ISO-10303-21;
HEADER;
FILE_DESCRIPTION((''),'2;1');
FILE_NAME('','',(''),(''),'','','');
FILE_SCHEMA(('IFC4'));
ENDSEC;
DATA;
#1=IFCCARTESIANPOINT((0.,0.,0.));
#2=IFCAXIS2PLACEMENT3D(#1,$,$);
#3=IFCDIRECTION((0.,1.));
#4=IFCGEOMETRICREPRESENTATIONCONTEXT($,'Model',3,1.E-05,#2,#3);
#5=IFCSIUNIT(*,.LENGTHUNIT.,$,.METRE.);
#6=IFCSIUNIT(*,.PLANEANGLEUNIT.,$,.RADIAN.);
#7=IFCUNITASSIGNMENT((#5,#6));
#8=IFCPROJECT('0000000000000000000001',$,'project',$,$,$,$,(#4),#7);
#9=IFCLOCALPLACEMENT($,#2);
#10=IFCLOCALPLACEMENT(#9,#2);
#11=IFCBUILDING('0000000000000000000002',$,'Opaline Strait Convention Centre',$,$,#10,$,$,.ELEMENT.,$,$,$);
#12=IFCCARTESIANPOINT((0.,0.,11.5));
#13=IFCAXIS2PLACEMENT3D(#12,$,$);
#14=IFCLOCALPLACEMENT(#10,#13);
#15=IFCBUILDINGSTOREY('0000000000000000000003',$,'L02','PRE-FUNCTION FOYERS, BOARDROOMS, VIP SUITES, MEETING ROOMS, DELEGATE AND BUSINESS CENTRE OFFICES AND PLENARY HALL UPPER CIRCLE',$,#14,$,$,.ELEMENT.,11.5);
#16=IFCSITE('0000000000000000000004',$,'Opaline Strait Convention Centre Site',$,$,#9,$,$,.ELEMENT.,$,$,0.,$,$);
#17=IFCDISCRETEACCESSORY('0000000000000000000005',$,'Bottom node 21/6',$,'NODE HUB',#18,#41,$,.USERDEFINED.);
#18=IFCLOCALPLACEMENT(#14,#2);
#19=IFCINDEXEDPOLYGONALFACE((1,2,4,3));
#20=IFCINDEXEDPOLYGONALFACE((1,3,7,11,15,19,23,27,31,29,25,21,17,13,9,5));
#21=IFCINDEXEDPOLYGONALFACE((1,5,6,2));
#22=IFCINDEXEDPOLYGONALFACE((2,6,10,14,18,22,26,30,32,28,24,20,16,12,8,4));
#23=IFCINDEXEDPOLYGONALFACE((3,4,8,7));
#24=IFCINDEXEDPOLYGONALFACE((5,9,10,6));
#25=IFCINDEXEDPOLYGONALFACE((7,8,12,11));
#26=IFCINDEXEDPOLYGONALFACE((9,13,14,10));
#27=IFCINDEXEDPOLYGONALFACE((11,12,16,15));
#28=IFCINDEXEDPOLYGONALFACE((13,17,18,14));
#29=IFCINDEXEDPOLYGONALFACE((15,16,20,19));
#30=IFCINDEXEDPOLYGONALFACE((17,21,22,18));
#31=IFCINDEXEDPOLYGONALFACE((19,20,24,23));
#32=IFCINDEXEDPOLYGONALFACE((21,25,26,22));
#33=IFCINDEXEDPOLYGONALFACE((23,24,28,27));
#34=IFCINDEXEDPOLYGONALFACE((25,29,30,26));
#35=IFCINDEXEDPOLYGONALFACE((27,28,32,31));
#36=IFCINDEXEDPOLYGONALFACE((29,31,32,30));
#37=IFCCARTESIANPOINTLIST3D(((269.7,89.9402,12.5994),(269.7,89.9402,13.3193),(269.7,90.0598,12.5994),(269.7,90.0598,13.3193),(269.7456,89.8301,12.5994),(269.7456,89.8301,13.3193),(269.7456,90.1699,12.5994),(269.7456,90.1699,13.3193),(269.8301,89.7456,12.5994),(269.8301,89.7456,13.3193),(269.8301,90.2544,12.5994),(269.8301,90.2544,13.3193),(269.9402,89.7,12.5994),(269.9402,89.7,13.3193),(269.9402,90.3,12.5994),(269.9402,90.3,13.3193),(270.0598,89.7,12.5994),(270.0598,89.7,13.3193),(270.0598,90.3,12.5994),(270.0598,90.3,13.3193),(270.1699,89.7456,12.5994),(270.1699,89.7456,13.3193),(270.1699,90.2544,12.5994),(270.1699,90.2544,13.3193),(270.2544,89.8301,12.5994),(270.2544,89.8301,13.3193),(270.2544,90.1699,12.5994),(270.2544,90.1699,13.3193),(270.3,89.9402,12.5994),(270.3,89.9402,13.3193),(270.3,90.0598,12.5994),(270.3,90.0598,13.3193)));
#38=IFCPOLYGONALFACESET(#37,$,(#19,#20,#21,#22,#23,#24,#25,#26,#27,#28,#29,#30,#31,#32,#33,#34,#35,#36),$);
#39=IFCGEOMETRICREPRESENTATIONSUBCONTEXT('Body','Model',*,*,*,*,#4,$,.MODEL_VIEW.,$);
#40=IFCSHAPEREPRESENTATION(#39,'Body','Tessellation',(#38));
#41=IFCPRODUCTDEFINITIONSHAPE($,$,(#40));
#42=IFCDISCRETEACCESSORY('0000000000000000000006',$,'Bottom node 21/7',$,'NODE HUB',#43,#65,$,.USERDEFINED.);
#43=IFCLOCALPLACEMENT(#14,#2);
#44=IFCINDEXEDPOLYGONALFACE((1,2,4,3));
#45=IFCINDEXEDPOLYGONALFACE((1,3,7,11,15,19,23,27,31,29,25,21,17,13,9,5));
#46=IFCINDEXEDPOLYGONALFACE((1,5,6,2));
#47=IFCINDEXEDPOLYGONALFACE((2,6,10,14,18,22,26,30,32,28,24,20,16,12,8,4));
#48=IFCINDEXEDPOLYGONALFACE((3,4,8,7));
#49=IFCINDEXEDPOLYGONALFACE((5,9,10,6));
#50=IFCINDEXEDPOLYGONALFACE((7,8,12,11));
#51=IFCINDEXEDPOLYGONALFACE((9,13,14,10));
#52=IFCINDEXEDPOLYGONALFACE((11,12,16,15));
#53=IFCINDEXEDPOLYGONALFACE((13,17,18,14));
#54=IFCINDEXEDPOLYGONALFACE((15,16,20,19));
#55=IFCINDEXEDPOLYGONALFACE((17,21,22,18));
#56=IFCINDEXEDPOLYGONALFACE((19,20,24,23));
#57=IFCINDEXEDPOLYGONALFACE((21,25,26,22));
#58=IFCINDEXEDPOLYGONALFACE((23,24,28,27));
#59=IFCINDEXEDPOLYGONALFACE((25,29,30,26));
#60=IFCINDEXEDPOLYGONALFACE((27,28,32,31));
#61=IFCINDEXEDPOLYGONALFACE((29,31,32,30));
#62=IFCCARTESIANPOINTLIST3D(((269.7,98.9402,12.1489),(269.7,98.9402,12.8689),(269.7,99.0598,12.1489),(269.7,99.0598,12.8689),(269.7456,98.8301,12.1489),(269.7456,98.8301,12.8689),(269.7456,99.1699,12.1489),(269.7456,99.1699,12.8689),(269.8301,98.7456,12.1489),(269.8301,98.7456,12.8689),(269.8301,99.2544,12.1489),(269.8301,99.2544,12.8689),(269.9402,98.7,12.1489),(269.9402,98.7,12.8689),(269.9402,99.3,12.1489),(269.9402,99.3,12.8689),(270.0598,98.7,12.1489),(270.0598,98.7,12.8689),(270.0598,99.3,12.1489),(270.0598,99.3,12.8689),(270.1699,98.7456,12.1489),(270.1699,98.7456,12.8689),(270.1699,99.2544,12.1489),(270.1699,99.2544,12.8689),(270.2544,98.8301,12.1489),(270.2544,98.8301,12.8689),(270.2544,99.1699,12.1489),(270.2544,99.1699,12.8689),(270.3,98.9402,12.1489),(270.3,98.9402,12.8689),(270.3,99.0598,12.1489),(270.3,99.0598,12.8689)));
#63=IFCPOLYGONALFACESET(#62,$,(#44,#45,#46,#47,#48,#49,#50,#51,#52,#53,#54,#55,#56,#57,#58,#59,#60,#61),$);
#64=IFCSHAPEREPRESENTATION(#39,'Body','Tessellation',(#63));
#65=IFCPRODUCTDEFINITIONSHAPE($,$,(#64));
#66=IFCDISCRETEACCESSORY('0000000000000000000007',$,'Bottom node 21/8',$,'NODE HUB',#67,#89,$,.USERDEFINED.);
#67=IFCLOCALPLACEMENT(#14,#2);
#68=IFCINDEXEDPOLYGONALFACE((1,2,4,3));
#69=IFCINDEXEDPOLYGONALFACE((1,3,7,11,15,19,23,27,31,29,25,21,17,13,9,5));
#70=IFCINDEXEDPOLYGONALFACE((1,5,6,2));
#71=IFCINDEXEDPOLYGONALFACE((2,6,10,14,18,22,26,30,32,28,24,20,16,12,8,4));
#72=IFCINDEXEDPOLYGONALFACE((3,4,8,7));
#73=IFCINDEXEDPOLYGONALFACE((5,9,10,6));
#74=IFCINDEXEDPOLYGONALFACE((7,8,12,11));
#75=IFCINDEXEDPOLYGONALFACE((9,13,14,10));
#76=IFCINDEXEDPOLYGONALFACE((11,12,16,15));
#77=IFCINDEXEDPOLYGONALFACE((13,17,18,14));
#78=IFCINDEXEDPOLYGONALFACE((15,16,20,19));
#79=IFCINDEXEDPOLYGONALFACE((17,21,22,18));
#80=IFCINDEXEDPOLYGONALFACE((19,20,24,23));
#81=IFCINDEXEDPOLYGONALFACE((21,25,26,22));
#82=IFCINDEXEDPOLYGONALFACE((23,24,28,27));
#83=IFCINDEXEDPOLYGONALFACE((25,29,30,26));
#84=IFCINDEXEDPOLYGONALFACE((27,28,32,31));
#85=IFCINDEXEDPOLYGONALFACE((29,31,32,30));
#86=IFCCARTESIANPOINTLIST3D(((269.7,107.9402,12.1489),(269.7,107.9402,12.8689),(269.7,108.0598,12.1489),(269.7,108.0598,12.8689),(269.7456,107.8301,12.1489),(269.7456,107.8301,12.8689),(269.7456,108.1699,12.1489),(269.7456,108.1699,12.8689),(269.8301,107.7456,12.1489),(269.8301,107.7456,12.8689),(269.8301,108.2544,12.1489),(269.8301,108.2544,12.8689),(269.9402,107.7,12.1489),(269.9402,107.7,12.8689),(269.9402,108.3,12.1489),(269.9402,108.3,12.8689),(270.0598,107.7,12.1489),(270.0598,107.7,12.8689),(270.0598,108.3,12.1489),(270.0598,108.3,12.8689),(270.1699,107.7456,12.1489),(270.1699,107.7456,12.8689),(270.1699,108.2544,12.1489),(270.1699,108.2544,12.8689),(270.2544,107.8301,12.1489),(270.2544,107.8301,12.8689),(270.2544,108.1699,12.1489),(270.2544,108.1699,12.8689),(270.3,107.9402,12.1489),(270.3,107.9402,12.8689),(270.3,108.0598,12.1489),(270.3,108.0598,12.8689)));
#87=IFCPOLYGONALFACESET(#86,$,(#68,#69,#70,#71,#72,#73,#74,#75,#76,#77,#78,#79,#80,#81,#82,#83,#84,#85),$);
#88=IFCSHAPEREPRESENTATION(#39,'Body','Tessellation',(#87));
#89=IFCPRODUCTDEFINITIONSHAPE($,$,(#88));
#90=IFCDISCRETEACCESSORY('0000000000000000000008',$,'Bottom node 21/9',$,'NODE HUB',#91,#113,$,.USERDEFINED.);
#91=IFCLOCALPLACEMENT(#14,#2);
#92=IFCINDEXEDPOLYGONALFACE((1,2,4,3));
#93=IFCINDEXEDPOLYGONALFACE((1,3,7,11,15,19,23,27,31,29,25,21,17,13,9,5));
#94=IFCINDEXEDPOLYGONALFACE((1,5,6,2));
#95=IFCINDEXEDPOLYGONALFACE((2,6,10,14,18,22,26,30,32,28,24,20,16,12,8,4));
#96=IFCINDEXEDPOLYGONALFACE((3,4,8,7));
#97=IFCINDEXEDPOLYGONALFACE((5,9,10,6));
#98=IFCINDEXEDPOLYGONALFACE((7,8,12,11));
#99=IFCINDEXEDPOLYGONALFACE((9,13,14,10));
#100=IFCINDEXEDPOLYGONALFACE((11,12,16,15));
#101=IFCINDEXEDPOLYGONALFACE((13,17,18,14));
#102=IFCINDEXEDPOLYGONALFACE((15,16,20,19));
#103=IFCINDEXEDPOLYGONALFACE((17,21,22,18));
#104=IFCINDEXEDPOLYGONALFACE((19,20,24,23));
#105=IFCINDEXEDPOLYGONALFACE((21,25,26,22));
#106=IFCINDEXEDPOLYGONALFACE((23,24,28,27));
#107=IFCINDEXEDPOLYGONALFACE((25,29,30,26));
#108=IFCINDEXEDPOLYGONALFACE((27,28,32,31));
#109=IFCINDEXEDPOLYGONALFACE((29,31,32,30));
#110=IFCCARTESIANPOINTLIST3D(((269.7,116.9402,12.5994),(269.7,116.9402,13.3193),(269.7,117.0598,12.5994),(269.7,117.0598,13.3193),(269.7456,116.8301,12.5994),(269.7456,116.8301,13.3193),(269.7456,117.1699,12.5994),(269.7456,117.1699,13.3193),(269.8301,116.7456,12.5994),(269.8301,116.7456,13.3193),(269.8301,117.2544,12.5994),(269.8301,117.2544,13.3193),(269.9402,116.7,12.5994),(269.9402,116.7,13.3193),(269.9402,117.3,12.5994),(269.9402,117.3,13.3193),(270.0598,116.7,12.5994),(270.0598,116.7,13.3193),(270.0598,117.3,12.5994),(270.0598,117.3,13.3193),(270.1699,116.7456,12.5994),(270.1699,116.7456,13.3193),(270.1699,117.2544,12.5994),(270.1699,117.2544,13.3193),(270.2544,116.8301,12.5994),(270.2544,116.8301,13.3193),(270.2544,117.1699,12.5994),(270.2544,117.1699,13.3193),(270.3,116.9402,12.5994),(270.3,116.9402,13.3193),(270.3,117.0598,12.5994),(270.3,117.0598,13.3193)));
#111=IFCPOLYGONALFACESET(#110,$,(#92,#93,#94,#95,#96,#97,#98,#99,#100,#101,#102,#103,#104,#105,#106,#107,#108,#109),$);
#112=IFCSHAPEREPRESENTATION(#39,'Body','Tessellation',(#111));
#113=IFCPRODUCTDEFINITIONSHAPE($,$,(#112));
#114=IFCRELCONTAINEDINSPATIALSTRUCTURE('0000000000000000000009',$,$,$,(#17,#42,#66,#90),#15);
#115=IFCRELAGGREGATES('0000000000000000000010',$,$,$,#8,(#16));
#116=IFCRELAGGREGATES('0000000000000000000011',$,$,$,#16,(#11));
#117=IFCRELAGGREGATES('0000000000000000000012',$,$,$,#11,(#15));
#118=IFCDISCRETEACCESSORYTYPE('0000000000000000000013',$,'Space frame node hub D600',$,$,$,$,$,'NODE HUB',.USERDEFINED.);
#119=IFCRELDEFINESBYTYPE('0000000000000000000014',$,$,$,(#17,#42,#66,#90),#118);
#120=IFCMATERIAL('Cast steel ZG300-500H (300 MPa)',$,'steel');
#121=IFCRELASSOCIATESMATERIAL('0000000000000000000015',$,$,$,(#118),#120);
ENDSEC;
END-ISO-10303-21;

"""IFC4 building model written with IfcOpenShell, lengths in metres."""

from ifc_helpers import new_model, si_unit, direction, frame, origin, place, context, subcontext, project, spatial, polyline, outline, extrude, material, type_object, element, save


model = new_model("IFC4")

# Units and contexts
model_context = context("Model", 3, precision=1e-05, world=origin(), true_north=direction((0.0, 1.0)))
body_context = subcontext(model_context, "Body", "Model", "MODEL_VIEW")
ifc_project = project(units=[si_unit("LENGTHUNIT", "METRE"), si_unit("PLANEANGLEUNIT", "RADIAN")], contexts=[model_context])

# Site, building, storey
site_placement = place(None, origin())
site = spatial("IfcSite", under=ifc_project, at=site_placement, Name="Opaline Strait Convention Centre Site", CompositionType="ELEMENT", RefElevation=0.0)
building_placement = place(site_placement, origin())
building = spatial("IfcBuilding", under=site, at=building_placement, Name="Opaline Strait Convention Centre", CompositionType="ELEMENT")
storey_placement = place(building_placement, frame((0.0, 0.0, 11.5)))
storey = spatial("IfcBuildingStorey", under=building, at=storey_placement, Name="L02", Description="PRE-FUNCTION FOYERS, BOARDROOMS, VIP SUITES, MEETING ROOMS, DELEGATE AND BUSINESS CENTRE OFFICES AND PLENARY HALL UPPER CIRCLE", CompositionType="ELEMENT", Elevation=11.5)

# Discrete accessories
ifc_material = material(Name="Cast steel ZG300-500H (300 MPa)", Category="steel")
discrete_accessory_type_1 = type_object("IfcDiscreteAccessoryType", Name="Space frame node hub D600", ElementType="NODE HUB", PredefinedType="USERDEFINED", material=ifc_material)
discrete_accessory_1_placement = place(storey_placement, frame((0.0, 0.0, 12.5994)))
element("IfcDiscreteAccessory", 1, at=discrete_accessory_1_placement, inside=storey, type_object=discrete_accessory_type_1, Name="Bottom node 21/6", ObjectType="NODE HUB", PredefinedType="USERDEFINED", context=body_context, shape_type="SweptSolid", body=[
    extrude(outline(polyline([(270.3, 90.0598), (270.2544, 90.1699), (270.1699, 90.2544), (270.0598, 90.3), (269.9402, 90.3), (269.8301, 90.2544), (269.7456, 90.1699), (269.7, 90.0598), (269.7, 89.9402), (269.7456, 89.8301), (269.8301, 89.7456), (269.9402, 89.7), (270.0598, 89.7), (270.1699, 89.7456), (270.2544, 89.8301), (270.3, 89.9402), (270.3, 90.0598)])), origin(), (0.0, 0.0, 1.0), 0.72),
])
discrete_accessory_2_placement = place(storey_placement, frame((0.0, 0.0, 12.1489)))
element("IfcDiscreteAccessory", 2, at=discrete_accessory_2_placement, inside=storey, type_object=discrete_accessory_type_1, Name="Bottom node 21/7", ObjectType="NODE HUB", PredefinedType="USERDEFINED", context=body_context, shape_type="SweptSolid", body=[
    extrude(outline(polyline([(270.3, 99.0598), (270.2544, 99.1699), (270.1699, 99.2544), (270.0598, 99.3), (269.9402, 99.3), (269.8301, 99.2544), (269.7456, 99.1699), (269.7, 99.0598), (269.7, 98.9402), (269.7456, 98.8301), (269.8301, 98.7456), (269.9402, 98.7), (270.0598, 98.7), (270.1699, 98.7456), (270.2544, 98.8301), (270.3, 98.9402), (270.3, 99.0598)])), origin(), (0.0, 0.0, 1.0), 0.72),
])
discrete_accessory_3_placement = place(storey_placement, frame((0.0, 0.0, 12.1489)))
element("IfcDiscreteAccessory", 3, at=discrete_accessory_3_placement, inside=storey, type_object=discrete_accessory_type_1, Name="Bottom node 21/8", ObjectType="NODE HUB", PredefinedType="USERDEFINED", context=body_context, shape_type="SweptSolid", body=[
    extrude(outline(polyline([(270.3, 108.0598), (270.2544, 108.1699), (270.1699, 108.2544), (270.0598, 108.3), (269.9402, 108.3), (269.8301, 108.2544), (269.7456, 108.1699), (269.7, 108.0598), (269.7, 107.9402), (269.7456, 107.8301), (269.8301, 107.7456), (269.9402, 107.7), (270.0598, 107.7), (270.1699, 107.7456), (270.2544, 107.8301), (270.3, 107.9402), (270.3, 108.0598)])), origin(), (0.0, 0.0, 1.0), 0.72),
])
discrete_accessory_4_placement = place(storey_placement, frame((0.0, 0.0, 12.5994)))
element("IfcDiscreteAccessory", 4, at=discrete_accessory_4_placement, inside=storey, type_object=discrete_accessory_type_1, Name="Bottom node 21/9", ObjectType="NODE HUB", PredefinedType="USERDEFINED", context=body_context, shape_type="SweptSolid", body=[
    extrude(outline(polyline([(270.3, 117.0598), (270.2544, 117.1699), (270.1699, 117.2544), (270.0598, 117.3), (269.9402, 117.3), (269.8301, 117.2544), (269.7456, 117.1699), (269.7, 117.0598), (269.7, 116.9402), (269.7456, 116.8301), (269.8301, 116.7456), (269.9402, 116.7), (270.0598, 116.7), (270.1699, 116.7456), (270.2544, 116.8301), (270.3, 116.9402), (270.3, 117.0598)])), origin(), (0.0, 0.0, 1.0), 0.72),
])

save(model, "model.ifc")
